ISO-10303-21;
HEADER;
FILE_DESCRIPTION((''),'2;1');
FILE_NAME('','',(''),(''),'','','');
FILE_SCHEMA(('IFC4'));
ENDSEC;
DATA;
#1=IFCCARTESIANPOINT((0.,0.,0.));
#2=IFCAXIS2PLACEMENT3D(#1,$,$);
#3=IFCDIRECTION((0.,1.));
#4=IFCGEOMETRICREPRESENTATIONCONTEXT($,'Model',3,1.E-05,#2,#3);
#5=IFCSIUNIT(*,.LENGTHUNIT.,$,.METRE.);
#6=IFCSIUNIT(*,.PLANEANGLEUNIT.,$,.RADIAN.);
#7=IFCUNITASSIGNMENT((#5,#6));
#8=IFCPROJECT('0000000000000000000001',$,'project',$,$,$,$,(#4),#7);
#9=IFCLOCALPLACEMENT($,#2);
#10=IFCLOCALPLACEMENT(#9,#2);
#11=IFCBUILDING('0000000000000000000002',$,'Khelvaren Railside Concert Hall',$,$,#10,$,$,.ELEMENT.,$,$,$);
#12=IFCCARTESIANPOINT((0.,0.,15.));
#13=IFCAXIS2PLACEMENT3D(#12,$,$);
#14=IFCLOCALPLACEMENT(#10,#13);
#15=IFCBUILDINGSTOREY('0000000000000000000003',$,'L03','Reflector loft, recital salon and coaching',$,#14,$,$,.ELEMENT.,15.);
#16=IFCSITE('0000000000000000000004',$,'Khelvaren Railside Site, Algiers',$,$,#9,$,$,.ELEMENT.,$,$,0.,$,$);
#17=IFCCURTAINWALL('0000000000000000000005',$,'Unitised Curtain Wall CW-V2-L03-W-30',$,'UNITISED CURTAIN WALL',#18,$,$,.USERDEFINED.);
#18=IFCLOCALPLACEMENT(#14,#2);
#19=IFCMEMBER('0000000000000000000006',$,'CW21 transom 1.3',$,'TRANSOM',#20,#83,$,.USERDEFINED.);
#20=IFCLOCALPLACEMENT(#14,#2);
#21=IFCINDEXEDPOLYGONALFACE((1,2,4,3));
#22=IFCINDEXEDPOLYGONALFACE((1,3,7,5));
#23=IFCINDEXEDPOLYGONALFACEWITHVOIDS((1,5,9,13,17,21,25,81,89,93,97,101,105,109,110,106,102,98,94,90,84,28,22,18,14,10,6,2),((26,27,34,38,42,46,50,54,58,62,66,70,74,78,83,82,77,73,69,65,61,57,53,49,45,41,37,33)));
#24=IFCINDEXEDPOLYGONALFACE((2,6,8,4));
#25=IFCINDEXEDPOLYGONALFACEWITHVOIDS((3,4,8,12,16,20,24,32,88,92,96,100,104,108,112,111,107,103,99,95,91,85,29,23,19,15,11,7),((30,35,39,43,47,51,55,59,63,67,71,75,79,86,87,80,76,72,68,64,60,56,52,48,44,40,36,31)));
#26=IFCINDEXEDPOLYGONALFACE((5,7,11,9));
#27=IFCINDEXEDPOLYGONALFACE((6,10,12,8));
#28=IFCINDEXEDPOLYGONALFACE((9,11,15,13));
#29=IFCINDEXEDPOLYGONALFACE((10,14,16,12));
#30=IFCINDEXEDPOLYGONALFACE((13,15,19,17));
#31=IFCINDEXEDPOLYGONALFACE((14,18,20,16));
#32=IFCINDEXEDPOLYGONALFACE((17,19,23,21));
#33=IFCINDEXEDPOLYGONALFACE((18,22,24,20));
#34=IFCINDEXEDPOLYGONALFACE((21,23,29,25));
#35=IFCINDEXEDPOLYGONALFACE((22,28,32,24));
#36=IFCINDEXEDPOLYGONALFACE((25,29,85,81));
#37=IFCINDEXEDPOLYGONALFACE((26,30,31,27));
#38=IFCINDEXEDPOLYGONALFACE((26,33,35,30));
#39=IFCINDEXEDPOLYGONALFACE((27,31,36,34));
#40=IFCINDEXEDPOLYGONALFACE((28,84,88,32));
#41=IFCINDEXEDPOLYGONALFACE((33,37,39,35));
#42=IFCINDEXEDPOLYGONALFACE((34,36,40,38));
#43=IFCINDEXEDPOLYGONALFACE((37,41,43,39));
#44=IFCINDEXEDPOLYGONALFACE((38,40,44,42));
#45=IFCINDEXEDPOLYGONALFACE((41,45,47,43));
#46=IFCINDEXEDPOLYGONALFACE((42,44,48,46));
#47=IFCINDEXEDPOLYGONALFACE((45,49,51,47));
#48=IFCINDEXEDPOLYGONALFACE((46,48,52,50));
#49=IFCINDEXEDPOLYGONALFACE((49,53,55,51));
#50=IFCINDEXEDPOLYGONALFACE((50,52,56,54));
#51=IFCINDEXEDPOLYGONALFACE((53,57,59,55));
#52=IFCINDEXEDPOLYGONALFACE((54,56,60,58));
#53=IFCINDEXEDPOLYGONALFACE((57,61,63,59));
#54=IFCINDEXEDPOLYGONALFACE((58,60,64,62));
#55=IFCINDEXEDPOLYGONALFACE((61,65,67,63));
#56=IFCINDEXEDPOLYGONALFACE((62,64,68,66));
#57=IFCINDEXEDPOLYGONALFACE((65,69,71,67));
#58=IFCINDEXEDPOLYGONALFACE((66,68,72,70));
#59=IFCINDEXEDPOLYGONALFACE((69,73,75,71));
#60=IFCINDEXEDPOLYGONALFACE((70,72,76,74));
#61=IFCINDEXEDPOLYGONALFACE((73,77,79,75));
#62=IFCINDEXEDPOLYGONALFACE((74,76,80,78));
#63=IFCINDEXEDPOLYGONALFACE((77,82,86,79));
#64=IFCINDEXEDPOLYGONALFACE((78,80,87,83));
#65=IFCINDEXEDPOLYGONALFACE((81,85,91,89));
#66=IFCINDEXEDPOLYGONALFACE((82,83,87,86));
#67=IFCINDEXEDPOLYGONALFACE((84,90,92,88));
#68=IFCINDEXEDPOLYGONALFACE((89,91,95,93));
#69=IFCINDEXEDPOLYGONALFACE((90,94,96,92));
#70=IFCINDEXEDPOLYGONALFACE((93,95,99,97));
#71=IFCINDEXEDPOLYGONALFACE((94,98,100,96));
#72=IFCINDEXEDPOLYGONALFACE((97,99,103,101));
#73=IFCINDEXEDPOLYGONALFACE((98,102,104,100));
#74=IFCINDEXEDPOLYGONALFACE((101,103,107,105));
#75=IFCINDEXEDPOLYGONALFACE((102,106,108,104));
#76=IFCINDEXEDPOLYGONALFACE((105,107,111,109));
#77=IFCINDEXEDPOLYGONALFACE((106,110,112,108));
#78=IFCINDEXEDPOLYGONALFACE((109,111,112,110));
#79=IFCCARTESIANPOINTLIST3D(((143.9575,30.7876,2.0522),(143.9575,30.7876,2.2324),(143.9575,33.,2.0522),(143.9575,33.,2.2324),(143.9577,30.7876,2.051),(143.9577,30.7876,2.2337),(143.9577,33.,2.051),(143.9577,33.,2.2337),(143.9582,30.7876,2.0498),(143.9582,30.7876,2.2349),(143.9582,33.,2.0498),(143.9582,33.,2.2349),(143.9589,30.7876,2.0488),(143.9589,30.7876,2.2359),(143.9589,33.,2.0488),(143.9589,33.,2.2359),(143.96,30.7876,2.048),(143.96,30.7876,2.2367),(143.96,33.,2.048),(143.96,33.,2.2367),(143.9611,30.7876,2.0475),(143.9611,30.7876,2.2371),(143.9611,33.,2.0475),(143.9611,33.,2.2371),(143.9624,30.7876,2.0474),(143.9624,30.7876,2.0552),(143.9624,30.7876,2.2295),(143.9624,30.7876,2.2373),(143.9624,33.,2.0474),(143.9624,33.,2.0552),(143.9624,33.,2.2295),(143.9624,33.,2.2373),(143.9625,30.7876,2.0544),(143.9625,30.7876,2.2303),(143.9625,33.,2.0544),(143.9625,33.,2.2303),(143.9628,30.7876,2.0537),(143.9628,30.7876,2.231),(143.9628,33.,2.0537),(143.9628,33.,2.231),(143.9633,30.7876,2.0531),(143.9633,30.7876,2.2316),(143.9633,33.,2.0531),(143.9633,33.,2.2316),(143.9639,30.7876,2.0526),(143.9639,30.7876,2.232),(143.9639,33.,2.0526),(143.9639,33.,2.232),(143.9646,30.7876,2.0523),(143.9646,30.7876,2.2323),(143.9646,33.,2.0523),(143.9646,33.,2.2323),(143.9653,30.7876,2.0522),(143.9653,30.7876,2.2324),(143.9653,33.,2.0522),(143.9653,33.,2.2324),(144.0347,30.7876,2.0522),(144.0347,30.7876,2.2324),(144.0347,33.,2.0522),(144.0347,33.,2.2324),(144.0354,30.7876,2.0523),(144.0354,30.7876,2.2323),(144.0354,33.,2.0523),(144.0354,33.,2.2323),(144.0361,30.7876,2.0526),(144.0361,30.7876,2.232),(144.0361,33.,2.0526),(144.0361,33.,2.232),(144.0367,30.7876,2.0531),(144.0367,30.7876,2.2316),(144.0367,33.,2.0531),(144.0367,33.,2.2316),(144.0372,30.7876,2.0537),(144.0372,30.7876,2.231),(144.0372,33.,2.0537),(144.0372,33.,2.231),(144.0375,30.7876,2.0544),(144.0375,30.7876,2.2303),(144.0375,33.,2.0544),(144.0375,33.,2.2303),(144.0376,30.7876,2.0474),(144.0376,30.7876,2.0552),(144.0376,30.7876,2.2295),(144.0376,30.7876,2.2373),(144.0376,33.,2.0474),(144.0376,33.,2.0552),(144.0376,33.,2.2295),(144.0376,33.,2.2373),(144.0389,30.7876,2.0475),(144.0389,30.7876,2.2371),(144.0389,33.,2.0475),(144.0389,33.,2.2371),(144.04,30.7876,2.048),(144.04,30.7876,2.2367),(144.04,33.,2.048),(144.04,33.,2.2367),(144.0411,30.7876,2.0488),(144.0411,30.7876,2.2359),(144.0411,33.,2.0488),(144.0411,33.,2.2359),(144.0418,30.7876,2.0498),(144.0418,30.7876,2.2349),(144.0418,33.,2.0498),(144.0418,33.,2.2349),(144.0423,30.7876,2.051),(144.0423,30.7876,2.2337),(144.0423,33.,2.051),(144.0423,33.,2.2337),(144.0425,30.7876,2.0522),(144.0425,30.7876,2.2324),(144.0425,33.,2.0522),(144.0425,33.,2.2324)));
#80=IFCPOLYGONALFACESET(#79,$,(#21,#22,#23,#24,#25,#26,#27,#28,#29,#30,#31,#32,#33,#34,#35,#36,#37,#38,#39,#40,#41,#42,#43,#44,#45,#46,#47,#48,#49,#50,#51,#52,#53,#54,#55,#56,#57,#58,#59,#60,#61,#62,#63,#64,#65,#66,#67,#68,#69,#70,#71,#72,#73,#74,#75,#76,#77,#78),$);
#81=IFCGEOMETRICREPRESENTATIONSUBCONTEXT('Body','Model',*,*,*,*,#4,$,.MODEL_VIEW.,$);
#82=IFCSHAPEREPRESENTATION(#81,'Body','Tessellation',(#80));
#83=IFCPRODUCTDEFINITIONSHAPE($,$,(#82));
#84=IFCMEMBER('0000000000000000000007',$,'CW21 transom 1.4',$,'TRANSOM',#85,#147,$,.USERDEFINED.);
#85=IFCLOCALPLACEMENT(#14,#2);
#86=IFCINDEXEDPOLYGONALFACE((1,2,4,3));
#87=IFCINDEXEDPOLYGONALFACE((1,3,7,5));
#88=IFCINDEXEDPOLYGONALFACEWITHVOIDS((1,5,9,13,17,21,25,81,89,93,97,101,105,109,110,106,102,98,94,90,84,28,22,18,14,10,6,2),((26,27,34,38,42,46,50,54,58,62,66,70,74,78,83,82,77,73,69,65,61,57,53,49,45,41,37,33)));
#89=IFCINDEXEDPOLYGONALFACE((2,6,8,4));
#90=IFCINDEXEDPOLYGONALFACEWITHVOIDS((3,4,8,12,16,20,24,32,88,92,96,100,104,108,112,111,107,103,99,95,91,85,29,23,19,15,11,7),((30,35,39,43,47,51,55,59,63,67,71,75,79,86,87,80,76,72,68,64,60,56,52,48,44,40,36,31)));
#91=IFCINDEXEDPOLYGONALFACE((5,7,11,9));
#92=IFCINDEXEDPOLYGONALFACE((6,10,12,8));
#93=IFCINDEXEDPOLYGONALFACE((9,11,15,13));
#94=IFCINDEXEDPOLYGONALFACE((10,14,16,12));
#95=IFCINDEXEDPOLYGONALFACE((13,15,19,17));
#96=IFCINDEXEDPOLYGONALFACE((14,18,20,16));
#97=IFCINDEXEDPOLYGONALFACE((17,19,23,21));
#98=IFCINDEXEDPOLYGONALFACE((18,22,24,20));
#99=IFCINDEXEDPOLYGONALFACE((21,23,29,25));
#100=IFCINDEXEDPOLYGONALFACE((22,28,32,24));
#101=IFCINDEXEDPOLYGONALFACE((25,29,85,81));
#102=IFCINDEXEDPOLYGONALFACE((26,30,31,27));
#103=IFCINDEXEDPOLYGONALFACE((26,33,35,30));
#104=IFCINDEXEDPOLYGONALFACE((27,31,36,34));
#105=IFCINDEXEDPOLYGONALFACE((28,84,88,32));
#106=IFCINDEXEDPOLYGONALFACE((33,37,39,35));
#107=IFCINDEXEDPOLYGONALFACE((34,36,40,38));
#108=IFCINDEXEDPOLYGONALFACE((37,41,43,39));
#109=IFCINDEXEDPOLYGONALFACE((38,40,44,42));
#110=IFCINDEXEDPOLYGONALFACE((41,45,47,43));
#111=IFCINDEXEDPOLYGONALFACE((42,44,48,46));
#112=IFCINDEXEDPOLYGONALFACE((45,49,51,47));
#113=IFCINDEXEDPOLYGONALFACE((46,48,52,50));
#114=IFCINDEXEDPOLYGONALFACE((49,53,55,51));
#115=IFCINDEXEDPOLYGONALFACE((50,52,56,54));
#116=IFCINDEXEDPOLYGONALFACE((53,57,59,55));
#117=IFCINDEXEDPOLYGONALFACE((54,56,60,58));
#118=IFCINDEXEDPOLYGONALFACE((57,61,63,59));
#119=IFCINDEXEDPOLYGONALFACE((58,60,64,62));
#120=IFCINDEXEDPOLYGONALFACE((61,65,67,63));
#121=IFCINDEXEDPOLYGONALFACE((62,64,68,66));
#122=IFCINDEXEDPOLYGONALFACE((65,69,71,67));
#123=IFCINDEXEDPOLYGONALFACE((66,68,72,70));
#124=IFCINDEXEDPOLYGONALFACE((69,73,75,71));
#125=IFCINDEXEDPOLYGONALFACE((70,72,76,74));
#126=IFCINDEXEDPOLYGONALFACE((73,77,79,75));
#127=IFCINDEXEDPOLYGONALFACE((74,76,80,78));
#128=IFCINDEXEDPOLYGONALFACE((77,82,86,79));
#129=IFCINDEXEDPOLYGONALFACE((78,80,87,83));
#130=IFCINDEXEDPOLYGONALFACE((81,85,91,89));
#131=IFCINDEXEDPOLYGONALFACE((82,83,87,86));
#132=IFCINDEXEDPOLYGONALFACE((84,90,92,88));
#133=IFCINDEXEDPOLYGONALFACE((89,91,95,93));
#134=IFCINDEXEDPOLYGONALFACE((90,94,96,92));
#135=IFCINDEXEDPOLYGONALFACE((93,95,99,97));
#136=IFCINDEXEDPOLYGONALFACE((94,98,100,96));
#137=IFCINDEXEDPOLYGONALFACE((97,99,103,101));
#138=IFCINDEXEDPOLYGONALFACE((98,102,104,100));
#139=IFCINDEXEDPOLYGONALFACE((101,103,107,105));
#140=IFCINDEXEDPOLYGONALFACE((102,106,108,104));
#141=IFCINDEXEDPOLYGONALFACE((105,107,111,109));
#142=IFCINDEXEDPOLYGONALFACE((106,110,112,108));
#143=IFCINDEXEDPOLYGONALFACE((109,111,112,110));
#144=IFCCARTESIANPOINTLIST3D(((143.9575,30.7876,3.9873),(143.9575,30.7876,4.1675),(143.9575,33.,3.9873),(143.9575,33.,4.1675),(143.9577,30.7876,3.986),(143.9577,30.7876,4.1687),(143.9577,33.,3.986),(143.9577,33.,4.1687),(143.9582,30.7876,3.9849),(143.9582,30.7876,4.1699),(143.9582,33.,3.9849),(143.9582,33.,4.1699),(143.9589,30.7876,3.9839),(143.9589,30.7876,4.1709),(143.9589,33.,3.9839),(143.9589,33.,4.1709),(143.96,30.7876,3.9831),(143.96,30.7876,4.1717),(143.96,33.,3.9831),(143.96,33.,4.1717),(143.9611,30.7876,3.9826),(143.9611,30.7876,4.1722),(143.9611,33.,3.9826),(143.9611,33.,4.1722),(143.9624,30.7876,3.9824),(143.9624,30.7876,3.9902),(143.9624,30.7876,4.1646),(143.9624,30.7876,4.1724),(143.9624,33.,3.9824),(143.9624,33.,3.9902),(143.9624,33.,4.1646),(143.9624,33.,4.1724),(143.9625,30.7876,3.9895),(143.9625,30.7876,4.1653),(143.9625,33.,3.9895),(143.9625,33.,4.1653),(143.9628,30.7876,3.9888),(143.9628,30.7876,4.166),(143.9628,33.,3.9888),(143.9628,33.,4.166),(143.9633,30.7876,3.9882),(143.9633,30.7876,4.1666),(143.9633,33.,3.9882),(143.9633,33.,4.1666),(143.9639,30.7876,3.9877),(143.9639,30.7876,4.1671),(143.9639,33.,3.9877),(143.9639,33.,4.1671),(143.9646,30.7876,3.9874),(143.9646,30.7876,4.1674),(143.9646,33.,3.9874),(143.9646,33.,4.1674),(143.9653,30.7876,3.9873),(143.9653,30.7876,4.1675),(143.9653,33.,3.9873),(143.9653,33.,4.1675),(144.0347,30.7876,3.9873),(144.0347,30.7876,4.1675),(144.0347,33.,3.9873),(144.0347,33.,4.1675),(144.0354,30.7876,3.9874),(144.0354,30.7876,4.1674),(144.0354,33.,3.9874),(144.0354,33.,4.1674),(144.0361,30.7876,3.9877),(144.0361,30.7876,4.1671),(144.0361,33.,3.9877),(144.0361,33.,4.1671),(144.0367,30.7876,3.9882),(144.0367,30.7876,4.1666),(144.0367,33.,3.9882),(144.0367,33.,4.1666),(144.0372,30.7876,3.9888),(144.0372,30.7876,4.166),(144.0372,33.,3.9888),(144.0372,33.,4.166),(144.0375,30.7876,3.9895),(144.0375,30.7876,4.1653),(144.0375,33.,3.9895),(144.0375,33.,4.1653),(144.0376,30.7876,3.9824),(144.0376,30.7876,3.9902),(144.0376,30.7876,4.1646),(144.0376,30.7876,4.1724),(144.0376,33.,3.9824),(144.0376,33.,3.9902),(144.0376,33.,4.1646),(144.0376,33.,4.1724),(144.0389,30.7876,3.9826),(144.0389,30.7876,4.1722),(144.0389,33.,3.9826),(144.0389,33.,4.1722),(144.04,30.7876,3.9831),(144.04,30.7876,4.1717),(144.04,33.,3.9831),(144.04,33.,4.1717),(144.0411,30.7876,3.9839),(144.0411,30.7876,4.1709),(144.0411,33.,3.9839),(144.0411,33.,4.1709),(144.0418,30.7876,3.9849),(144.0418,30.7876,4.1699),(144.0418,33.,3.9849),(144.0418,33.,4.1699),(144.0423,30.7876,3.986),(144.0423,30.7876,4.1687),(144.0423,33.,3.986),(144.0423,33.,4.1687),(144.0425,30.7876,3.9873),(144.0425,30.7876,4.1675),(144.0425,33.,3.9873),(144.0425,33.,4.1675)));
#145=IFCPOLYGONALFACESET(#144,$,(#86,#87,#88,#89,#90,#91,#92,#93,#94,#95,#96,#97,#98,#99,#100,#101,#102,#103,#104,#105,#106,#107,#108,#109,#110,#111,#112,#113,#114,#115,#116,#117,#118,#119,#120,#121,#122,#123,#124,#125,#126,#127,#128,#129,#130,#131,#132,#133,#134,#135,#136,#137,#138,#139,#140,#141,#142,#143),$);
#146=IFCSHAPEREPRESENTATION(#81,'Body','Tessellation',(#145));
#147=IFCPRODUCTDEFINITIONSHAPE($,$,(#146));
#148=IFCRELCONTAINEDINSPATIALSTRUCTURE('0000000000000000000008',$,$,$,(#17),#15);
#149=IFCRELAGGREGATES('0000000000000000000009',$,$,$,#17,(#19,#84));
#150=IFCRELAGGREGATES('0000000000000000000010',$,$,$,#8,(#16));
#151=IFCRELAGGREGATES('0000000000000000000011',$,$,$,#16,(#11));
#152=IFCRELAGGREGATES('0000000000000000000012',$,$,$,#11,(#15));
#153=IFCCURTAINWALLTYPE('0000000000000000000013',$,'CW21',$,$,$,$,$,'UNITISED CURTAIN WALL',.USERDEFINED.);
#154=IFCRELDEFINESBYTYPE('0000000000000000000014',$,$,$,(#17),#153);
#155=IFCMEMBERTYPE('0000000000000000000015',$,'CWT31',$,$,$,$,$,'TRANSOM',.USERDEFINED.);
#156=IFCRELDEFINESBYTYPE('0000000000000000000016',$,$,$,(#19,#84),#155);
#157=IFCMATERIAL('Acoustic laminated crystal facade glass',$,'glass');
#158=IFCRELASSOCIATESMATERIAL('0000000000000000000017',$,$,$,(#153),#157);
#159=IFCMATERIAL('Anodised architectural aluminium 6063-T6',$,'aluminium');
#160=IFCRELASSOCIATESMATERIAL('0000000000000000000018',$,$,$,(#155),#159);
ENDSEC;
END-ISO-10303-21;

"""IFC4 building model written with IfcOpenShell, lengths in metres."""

from ifc_helpers import new_model, si_unit, direction, frame, origin, origin_2d, place, context, subcontext, project, spatial, hollow_rectangle, extrude, material, material_profile, profile_set, type_object, element, aggregate, save


model = new_model("IFC4")

# Units and contexts
model_context = context("Model", 3, precision=1e-05, world=origin(), true_north=direction((0.0, 1.0)))
body_context = subcontext(model_context, "Body", "Model", "MODEL_VIEW")
ifc_project = project(units=[si_unit("LENGTHUNIT", "METRE"), si_unit("PLANEANGLEUNIT", "RADIAN")], contexts=[model_context])

# Site, building, storey
site_placement = place(None, origin())
site = spatial("IfcSite", under=ifc_project, at=site_placement, Name="Khelvaren Railside Site, Algiers", CompositionType="ELEMENT", RefElevation=0.0)
building_placement = place(site_placement, origin())
building = spatial("IfcBuilding", under=site, at=building_placement, Name="Khelvaren Railside Concert Hall", CompositionType="ELEMENT")
storey_placement = place(building_placement, frame((0.0, 0.0, 15.0)))
storey = spatial("IfcBuildingStorey", under=building, at=storey_placement, Name="L03", Description="Reflector loft, recital salon and coaching", CompositionType="ELEMENT", Elevation=15.0)

# Shared definitions
ifc_material_1 = material(Name="Anodised architectural aluminium 6063-T6", Category="aluminium")

# Curtain wall, members
ifc_material_2 = material(Name="Acoustic laminated crystal facade glass", Category="glass")
curtain_wall_type_1 = type_object("IfcCurtainWallType", Name="CW21", ElementType="UNITISED CURTAIN WALL", PredefinedType="USERDEFINED", material=ifc_material_2)
curtain_wall_1_placement = place(storey_placement, origin())
curtain_wall_1 = element("IfcCurtainWall", 1, at=curtain_wall_1_placement, inside=storey, type_object=curtain_wall_type_1, Name="Unitised Curtain Wall CW-V2-L03-W-30", ObjectType="UNITISED CURTAIN WALL", PredefinedType="USERDEFINED")
ifc_material_profile_1 = material_profile(ifc_material_1, hollow_rectangle(XDim=0.085, YDim=0.1899, WallThickness=0.0049, InnerFilletRadius=0.0029, OuterFilletRadius=0.0049, at=origin_2d()), Name="CWT 85x190x5")
ifc_profile_set_1 = profile_set([ifc_material_profile_1], Name="Anodised architectural aluminium 6063-T6")
member_type_1 = type_object("IfcMemberType", Name="CWT31", ElementType="TRANSOM", PredefinedType="USERDEFINED", material=ifc_profile_set_1)
member_1_placement = place(storey_placement, frame((144.0, 30.7876, 2.1423), z_axis=(0.0, 1.0, 0.0), x_axis=(-1.0, 0.0, 0.0)))
member_1 = element("IfcMember", 2, at=member_1_placement, type_object=member_type_1, Name="CW21 transom 1.3", ObjectType="TRANSOM", PredefinedType="USERDEFINED", context=body_context, shape_type="SweptSolid", body=[
    extrude(hollow_rectangle(XDim=0.085, YDim=0.1899, WallThickness=0.0049, InnerFilletRadius=0.0029, OuterFilletRadius=0.0049, at=origin_2d()), origin(), (0.0, 0.0, 1.0), 2.2124),
])
member_2_placement = place(storey_placement, frame((144.0, 30.7876, 4.0774), z_axis=(0.0, 1.0, 0.0), x_axis=(-1.0, 0.0, 0.0)))
member_2 = element("IfcMember", 3, at=member_2_placement, type_object=member_type_1, Name="CW21 transom 1.4", ObjectType="TRANSOM", PredefinedType="USERDEFINED", context=body_context, shape_type="SweptSolid", body=[
    extrude(hollow_rectangle(XDim=0.085, YDim=0.1899, WallThickness=0.0049, InnerFilletRadius=0.0029, OuterFilletRadius=0.0049, at=origin_2d()), origin(), (0.0, 0.0, 1.0), 2.2124),
])

aggregate(curtain_wall_1, [member_1, member_2])

save(model, "model.ifc")
